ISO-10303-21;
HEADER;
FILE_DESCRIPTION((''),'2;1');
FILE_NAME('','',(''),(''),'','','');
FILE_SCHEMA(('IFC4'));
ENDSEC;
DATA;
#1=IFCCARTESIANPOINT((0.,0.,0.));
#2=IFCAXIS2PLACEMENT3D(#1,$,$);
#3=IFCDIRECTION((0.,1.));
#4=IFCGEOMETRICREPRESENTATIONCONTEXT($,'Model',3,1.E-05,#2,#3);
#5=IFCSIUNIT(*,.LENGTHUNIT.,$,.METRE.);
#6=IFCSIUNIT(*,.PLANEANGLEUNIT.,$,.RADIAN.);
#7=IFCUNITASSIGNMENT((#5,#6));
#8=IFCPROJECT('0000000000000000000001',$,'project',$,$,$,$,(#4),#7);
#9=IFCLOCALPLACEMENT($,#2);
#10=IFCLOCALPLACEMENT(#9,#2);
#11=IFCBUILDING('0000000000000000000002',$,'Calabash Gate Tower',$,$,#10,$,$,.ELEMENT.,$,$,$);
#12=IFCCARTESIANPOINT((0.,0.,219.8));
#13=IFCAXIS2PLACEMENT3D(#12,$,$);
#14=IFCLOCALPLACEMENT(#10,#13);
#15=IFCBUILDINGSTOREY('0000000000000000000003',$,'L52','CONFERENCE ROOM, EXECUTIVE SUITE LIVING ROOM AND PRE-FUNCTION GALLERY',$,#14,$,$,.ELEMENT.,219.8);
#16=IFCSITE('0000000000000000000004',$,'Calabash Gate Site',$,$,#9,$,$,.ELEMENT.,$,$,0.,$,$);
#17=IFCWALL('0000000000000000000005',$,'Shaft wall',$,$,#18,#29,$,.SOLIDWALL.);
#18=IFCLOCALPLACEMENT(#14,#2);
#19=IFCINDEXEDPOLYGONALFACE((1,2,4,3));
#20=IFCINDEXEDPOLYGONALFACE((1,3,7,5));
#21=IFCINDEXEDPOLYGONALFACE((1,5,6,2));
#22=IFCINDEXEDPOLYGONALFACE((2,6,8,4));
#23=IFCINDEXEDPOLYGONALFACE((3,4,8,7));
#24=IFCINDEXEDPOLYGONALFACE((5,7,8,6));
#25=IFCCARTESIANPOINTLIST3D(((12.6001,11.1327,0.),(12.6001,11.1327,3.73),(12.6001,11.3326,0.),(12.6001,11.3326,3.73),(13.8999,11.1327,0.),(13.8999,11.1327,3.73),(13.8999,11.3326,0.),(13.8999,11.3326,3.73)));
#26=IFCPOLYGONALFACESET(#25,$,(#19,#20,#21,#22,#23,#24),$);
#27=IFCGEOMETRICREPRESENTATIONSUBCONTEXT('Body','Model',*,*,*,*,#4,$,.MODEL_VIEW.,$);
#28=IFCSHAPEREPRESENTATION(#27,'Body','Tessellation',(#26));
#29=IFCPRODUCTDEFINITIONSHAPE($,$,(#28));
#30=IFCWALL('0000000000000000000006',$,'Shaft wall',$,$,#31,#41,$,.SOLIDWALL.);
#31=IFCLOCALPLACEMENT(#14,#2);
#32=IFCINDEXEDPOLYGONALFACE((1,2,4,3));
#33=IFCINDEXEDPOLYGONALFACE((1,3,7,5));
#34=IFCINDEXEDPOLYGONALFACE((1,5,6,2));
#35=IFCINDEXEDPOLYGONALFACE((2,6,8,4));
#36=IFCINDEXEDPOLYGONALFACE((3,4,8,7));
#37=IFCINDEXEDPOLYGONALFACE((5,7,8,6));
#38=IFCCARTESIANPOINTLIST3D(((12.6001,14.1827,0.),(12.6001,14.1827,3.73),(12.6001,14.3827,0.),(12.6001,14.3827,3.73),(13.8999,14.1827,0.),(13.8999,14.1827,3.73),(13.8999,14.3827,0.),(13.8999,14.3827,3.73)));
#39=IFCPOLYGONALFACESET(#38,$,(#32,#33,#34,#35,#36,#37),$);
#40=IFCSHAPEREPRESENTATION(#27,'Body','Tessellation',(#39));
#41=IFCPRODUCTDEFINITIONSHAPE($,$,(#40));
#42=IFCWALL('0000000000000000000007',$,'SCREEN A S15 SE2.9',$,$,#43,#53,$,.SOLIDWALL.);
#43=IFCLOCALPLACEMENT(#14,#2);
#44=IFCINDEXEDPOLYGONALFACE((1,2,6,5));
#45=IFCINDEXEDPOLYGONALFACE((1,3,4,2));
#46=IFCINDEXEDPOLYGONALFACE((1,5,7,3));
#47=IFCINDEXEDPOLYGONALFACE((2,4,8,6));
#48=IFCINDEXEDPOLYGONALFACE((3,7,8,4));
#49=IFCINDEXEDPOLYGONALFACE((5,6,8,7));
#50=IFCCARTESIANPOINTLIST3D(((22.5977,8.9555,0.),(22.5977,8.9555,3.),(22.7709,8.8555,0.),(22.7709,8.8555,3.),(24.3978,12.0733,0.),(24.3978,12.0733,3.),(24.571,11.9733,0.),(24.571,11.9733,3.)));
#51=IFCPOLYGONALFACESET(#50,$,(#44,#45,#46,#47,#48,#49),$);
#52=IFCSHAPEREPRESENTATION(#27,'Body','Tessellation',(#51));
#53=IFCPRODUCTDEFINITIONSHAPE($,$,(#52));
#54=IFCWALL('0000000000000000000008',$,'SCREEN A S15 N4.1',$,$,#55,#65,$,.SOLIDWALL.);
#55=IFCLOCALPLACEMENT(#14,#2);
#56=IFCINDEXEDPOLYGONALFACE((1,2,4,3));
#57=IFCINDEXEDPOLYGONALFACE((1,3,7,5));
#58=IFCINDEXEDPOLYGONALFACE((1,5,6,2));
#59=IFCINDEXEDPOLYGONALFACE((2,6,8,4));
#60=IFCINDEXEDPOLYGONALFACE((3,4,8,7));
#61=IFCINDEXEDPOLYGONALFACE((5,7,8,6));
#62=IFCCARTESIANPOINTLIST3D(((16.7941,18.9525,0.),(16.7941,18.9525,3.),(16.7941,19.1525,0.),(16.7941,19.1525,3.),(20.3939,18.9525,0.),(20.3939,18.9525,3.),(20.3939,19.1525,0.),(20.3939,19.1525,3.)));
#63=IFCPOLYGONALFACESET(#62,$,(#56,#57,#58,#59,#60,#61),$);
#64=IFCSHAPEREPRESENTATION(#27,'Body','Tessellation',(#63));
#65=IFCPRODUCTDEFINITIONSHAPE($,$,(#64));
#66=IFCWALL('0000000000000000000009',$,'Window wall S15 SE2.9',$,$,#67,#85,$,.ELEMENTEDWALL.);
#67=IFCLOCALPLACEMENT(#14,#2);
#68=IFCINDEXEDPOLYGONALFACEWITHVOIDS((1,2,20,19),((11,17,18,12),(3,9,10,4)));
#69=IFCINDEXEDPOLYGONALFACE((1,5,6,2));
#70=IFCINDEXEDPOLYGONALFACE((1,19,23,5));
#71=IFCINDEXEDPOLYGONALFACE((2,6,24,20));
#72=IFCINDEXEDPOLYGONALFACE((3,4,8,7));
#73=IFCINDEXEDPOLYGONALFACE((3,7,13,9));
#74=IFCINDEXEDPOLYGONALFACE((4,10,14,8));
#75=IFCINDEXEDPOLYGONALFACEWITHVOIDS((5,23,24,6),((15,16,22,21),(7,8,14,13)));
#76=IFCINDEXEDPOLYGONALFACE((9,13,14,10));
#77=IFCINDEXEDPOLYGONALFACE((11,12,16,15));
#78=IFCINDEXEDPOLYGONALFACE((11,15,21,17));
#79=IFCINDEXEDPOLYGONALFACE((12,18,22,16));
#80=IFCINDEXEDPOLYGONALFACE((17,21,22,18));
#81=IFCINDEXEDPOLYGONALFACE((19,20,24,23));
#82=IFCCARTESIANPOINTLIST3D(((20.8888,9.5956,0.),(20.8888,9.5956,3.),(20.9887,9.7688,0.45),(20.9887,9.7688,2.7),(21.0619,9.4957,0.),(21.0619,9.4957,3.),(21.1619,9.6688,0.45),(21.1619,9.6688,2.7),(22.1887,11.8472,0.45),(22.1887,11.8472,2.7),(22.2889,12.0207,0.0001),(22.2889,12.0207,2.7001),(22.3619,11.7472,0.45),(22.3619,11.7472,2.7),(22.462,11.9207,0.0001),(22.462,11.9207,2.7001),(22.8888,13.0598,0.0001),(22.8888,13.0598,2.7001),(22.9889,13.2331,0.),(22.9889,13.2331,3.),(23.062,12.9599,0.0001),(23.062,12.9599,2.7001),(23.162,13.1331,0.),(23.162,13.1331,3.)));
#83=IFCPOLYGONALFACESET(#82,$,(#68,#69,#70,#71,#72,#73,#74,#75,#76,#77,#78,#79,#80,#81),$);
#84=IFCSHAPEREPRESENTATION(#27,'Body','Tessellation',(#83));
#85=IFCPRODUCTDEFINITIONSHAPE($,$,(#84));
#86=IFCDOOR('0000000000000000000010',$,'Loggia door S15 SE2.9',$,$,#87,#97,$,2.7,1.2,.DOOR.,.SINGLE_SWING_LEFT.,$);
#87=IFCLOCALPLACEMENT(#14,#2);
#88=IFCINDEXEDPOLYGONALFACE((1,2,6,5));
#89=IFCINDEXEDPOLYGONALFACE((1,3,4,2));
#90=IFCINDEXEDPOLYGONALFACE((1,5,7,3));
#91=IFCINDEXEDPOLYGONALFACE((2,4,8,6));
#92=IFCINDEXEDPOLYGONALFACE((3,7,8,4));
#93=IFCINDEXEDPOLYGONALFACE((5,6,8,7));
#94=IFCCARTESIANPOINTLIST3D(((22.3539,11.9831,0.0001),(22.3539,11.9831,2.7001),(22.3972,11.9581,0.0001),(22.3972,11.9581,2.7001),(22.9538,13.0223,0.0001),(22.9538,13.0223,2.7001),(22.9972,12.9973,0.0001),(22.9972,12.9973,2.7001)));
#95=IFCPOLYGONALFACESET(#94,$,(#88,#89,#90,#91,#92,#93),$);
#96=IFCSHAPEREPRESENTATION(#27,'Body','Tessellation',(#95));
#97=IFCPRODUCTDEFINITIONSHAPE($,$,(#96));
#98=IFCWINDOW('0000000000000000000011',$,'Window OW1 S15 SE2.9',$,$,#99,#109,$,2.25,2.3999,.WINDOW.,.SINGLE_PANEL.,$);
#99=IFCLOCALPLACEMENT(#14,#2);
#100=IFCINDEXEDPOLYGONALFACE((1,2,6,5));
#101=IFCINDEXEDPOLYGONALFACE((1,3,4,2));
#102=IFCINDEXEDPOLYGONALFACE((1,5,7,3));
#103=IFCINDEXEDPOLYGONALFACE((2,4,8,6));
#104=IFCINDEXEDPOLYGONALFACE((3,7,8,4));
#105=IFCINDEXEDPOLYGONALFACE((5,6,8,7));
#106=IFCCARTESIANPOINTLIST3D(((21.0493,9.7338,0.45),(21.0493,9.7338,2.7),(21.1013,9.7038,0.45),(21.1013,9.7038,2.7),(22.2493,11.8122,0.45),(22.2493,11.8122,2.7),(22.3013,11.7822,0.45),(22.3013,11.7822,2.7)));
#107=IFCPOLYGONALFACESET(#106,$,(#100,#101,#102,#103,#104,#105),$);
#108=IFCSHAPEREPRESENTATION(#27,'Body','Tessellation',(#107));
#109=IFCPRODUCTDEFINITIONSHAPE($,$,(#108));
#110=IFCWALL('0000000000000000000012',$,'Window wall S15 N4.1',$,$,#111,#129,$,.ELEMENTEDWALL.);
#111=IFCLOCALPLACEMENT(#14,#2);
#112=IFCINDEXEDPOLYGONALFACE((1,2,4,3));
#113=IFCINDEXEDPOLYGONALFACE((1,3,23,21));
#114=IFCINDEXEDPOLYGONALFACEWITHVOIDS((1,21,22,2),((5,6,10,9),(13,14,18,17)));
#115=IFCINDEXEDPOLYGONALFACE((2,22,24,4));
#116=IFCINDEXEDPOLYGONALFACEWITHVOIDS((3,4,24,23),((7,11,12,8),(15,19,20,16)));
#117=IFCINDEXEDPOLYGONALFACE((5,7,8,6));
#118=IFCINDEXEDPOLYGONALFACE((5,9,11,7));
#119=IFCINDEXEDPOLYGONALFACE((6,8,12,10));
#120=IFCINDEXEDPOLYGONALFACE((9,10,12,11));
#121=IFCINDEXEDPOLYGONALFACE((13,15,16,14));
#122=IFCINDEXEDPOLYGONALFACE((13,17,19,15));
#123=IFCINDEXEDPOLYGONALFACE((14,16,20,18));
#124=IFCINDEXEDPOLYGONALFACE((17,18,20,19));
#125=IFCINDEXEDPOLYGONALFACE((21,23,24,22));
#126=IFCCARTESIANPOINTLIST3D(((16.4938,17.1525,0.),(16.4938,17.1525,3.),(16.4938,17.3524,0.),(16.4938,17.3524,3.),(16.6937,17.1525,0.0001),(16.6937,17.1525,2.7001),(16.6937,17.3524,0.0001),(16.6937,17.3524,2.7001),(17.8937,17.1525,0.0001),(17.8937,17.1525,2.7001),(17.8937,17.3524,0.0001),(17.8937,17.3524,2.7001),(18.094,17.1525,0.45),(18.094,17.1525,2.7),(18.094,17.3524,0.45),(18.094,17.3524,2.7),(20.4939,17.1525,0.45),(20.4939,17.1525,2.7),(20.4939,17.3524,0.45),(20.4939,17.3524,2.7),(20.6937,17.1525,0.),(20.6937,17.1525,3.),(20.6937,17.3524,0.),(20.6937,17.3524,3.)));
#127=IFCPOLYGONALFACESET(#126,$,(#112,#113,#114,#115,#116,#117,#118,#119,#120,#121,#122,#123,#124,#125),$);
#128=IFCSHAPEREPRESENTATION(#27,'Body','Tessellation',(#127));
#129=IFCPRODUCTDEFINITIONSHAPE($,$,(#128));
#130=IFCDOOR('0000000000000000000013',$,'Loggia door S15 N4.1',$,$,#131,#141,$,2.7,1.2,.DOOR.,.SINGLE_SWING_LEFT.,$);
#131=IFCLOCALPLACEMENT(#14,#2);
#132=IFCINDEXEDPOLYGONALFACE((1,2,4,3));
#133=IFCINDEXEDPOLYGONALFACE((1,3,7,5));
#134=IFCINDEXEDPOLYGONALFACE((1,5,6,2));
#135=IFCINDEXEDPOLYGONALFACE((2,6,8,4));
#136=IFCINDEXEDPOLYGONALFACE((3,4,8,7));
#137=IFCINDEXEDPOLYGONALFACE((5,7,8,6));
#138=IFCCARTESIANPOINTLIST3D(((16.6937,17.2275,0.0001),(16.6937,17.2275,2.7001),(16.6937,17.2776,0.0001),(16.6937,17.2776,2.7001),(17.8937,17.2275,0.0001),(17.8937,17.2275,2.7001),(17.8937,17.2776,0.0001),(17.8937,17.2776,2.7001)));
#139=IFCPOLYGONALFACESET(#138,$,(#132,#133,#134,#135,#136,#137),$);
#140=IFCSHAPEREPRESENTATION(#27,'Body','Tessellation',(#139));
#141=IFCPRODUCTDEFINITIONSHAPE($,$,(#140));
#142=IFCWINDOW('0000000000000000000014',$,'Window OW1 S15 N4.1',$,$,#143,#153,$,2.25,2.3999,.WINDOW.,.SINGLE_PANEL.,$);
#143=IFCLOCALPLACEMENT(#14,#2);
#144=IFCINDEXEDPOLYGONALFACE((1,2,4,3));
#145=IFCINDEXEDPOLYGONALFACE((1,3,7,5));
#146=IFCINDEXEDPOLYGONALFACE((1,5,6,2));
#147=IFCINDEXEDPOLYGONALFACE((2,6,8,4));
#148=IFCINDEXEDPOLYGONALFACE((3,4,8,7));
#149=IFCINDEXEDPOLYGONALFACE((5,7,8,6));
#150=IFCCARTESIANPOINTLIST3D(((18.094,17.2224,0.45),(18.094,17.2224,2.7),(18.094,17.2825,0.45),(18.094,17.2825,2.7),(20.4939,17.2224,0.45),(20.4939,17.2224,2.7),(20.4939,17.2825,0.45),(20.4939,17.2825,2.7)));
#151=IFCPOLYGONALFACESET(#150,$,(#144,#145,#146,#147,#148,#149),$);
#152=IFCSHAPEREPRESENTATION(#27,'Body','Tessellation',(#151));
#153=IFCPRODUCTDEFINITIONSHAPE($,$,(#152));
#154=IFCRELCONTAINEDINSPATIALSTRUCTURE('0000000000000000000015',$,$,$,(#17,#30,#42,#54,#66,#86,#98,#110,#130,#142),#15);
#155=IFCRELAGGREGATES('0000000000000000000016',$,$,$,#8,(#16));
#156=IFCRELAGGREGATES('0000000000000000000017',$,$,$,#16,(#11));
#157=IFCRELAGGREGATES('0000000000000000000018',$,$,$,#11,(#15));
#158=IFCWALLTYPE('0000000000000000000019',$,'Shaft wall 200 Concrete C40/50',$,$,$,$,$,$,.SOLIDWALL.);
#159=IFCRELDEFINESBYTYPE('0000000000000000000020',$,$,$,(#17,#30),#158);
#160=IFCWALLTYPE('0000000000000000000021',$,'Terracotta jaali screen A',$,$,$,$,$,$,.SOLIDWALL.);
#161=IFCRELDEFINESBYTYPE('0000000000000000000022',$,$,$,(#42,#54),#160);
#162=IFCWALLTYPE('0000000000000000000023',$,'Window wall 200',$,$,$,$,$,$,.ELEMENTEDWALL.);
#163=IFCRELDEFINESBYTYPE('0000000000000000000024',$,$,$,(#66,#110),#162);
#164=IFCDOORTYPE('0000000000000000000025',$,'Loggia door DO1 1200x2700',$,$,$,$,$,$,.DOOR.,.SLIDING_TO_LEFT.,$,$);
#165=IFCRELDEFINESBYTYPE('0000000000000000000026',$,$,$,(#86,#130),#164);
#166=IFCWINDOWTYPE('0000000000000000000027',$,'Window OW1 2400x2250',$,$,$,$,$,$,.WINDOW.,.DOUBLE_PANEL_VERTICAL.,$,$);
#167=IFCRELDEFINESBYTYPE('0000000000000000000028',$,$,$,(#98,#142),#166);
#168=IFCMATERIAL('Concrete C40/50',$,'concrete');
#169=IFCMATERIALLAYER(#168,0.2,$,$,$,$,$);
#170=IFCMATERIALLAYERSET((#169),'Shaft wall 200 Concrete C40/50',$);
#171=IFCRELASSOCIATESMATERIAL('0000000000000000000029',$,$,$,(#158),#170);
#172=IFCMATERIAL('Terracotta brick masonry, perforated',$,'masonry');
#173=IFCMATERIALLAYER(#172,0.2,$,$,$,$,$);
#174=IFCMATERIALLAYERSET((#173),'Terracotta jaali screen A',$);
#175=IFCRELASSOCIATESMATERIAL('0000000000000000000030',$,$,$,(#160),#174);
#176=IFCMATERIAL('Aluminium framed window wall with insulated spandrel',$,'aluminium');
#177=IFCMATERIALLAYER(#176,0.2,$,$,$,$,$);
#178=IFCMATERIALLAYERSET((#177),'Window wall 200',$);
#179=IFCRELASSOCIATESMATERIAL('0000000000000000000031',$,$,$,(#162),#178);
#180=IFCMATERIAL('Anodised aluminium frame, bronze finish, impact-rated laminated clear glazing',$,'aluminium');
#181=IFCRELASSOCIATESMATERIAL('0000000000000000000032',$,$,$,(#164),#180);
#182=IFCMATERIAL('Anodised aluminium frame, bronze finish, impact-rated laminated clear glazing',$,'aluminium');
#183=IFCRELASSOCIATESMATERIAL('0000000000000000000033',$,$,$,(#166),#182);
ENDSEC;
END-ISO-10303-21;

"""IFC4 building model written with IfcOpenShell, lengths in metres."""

from ifc_helpers import new_model, si_unit, direction, frame, frame_2d, origin, place, context, subcontext, project, spatial, rectangle, extrude, material, layer, layer_set, type_object, element, fill, save


model = new_model("IFC4")

# Units and contexts
model_context = context("Model", 3, precision=1e-05, world=origin(), true_north=direction((0.0, 1.0)))
body_context = subcontext(model_context, "Body", "Model", "MODEL_VIEW")
ifc_project = project(units=[si_unit("LENGTHUNIT", "METRE"), si_unit("PLANEANGLEUNIT", "RADIAN")], contexts=[model_context])

# Site, building, storey
site_placement = place(None, origin())
site = spatial("IfcSite", under=ifc_project, at=site_placement, Name="Calabash Gate Site", CompositionType="ELEMENT", RefElevation=0.0)
building_placement = place(site_placement, origin())
building = spatial("IfcBuilding", under=site, at=building_placement, Name="Calabash Gate Tower", CompositionType="ELEMENT")
storey_placement = place(building_placement, frame((0.0, 0.0, 219.8)))
storey = spatial("IfcBuildingStorey", under=building, at=storey_placement, Name="L52", Description="CONFERENCE ROOM, EXECUTIVE SUITE LIVING ROOM AND PRE-FUNCTION GALLERY", CompositionType="ELEMENT", Elevation=219.8)

# Walls
ifc_material_1 = material(Name="Concrete C40/50", Category="concrete")
ifc_layer_1 = layer(ifc_material_1, 0.2)
ifc_layer_set_1 = layer_set([ifc_layer_1], Name="Shaft wall 200 Concrete C40/50")
wall_type_1 = type_object("IfcWallType", Name="Shaft wall 200 Concrete C40/50", PredefinedType="SOLIDWALL", material=ifc_layer_set_1)
for number, where, z_axis, x_axis, name in (
    (1, (12.6001, 11.2327, 0.0), (0.0, 0.0, 1.0), (1.0, 0.0, 0.0), "Shaft wall"),
    (2, (12.6001, 14.2827, 0.0), (0.0, 0.0, 1.0), (1.0, 0.0, 0.0), "Shaft wall"),
):
    element("IfcWall", number, at=place(storey_placement, frame(where, z_axis=z_axis, x_axis=x_axis)), inside=storey, type_object=wall_type_1, Name=name, PredefinedType="SOLIDWALL", context=body_context, shape_type="SweptSolid", body=[
        extrude(rectangle(XDim=1.2998, YDim=0.2, at=frame_2d((0.6499, 0.0))), origin(), (0.0, 0.0, 1.0), 3.73),
    ])
ifc_material_2 = material(Name="Terracotta brick masonry, perforated", Category="masonry")
ifc_layer_2 = layer(ifc_material_2, 0.2)
ifc_layer_set_2 = layer_set([ifc_layer_2], Name="Terracotta jaali screen A")
wall_type_2 = type_object("IfcWallType", Name="Terracotta jaali screen A", PredefinedType="SOLIDWALL", material=ifc_layer_set_2)
wall_1_placement = place(storey_placement, frame((22.6843, 8.9055, 0.0), z_axis=(0.0, 0.0, 1.0), x_axis=(0.500012, 0.866018, 0.0)))
element("IfcWall", 3, at=wall_1_placement, inside=storey, type_object=wall_type_2, Name="SCREEN A S15 SE2.9", PredefinedType="SOLIDWALL", context=body_context, shape_type="SweptSolid", body=[
    extrude(rectangle(XDim=3.6001, YDim=0.2, at=frame_2d((1.8, 0.0))), origin(), (0.0, 0.0, 1.0), 3.0),
])
wall_2_placement = place(storey_placement, frame((20.3938, 19.0525, 0.0), z_axis=(0.0, 0.0, 1.0), x_axis=(-1.0, 0.0, 0.0)))
element("IfcWall", 4, at=wall_2_placement, inside=storey, type_object=wall_type_2, Name="SCREEN A S15 N4.1", PredefinedType="SOLIDWALL", context=body_context, shape_type="SweptSolid", body=[
    extrude(rectangle(XDim=3.5999, YDim=0.2, at=frame_2d((1.7998, 0.0))), origin(), (0.0, 0.0, 1.0), 3.0),
])

# Walls, openings, doors, windows
ifc_material_3 = material(Name="Aluminium framed window wall with insulated spandrel", Category="aluminium")
ifc_layer_3 = layer(ifc_material_3, 0.2)
ifc_layer_set_3 = layer_set([ifc_layer_3], Name="Window wall 200")
wall_type_3 = type_object("IfcWallType", Name="Window wall 200", PredefinedType="ELEMENTEDWALL", material=ifc_layer_set_3)
wall_3_placement = place(storey_placement, frame((20.9753, 9.5457, 0.0), z_axis=(0.0, 0.0, 1.0), x_axis=(0.500003, 0.866024, 0.0)))
wall_3 = element("IfcWall", 5, at=wall_3_placement, inside=storey, type_object=wall_type_3, Name="Window wall S15 SE2.9", PredefinedType="ELEMENTEDWALL", context=body_context, shape_type="SweptSolid", body=[
    extrude(rectangle(XDim=4.2002, YDim=0.2, at=frame_2d((2.1001, 0.0))), origin(), (0.0, 0.0, 1.0), 3.0),
])
opening_1_placement = place(wall_3_placement, frame((0.2, 0.0, 0.45)))
opening_1 = element("IfcOpeningElement", 6, at=opening_1_placement, cuts=wall_3, PredefinedType="OPENING", context=body_context, shape_type="SweptSolid", body=[
    extrude(rectangle(XDim=2.3999, YDim=2.25, at=frame_2d((1.2, 1.125))), frame((0.0, 0.1099, 0.0), z_axis=(0.0, -1.0, 0.0), x_axis=(1.0, 0.0, 0.0)), (0.0, 0.0, 1.0), 0.22),
])
opening_2_placement = place(wall_3_placement, frame((2.8, 0.0, 0.0)))
opening_2 = element("IfcOpeningElement", 7, at=opening_2_placement, cuts=wall_3, PredefinedType="OPENING", context=body_context, shape_type="SweptSolid", body=[
    extrude(rectangle(XDim=1.2, YDim=2.7, at=frame_2d((0.6001, 1.3501))), frame((0.0, 0.1099, 0.0), z_axis=(0.0, -1.0, 0.0), x_axis=(1.0, 0.0, 0.0)), (0.0, 0.0, 1.0), 0.22),
])
ifc_material_4 = material(Name="Anodised aluminium frame, bronze finish, impact-rated laminated clear glazing", Category="aluminium")
door_type_1 = type_object("IfcDoorType", Name="Loggia door DO1 1200x2700", OperationType="SLIDING_TO_LEFT", PredefinedType="DOOR", material=ifc_material_4)
door_1_placement = place(opening_2_placement, origin())
door_1 = element("IfcDoor", 8, at=door_1_placement, inside=storey, type_object=door_type_1, Name="Loggia door S15 SE2.9", OperationType="SINGLE_SWING_LEFT", OverallHeight=2.7, OverallWidth=1.2, PredefinedType="DOOR", context=body_context, shape_type="SweptSolid", body=[
    extrude(rectangle(XDim=1.2, YDim=2.7, at=frame_2d((0.6001, 1.3501))), frame((0.0, 0.0249, 0.0), z_axis=(0.0, -1.0, 0.0), x_axis=(1.0, 0.0, 0.0)), (0.0, 0.0, 1.0), 0.05),
])
fill(opening_2, door_1)
ifc_material_5 = material(Name="Anodised aluminium frame, bronze finish, impact-rated laminated clear glazing", Category="aluminium")
window_type = type_object("IfcWindowType", Name="Window OW1 2400x2250", PartitioningType="DOUBLE_PANEL_VERTICAL", PredefinedType="WINDOW", material=ifc_material_5)
window_1_placement = place(opening_1_placement, origin())
window_1 = element("IfcWindow", 9, at=window_1_placement, inside=storey, type_object=window_type, Name="Window OW1 S15 SE2.9", OverallHeight=2.25, OverallWidth=2.3999, PartitioningType="SINGLE_PANEL", PredefinedType="WINDOW", context=body_context, shape_type="SweptSolid", body=[
    extrude(rectangle(XDim=2.3999, YDim=2.25, at=frame_2d((1.2, 1.125))), frame((0.0, 0.03, 0.0), z_axis=(0.0, -1.0, 0.0), x_axis=(1.0, 0.0, 0.0)), (0.0, 0.0, 1.0), 0.0601),
])
fill(opening_1, window_1)
wall_4_placement = place(storey_placement, frame((20.6938, 17.2524, 0.0), z_axis=(0.0, 0.0, 1.0), x_axis=(-1.0, 0.0, 0.0)))
wall_4 = element("IfcWall", 10, at=wall_4_placement, inside=storey, type_object=wall_type_3, Name="Window wall S15 N4.1", PredefinedType="ELEMENTEDWALL", context=body_context, shape_type="SweptSolid", body=[
    extrude(rectangle(XDim=4.2, YDim=0.2, at=frame_2d((2.1001, 0.0))), origin(), (0.0, 0.0, 1.0), 3.0),
])
opening_3_placement = place(wall_4_placement, frame((0.2, 0.0, 0.45)))
opening_3 = element("IfcOpeningElement", 11, at=opening_3_placement, cuts=wall_4, PredefinedType="OPENING", context=body_context, shape_type="SweptSolid", body=[
    extrude(rectangle(XDim=2.3999, YDim=2.25, at=frame_2d((1.2, 1.125))), frame((0.0, 0.1099, 0.0), z_axis=(0.0, -1.0, 0.0), x_axis=(1.0, 0.0, 0.0)), (0.0, 0.0, 1.0), 0.22),
])
opening_4_placement = place(wall_4_placement, frame((2.8, 0.0, 0.0)))
opening_4 = element("IfcOpeningElement", 12, at=opening_4_placement, cuts=wall_4, PredefinedType="OPENING", context=body_context, shape_type="SweptSolid", body=[
    extrude(rectangle(XDim=1.2, YDim=2.7, at=frame_2d((0.6001, 1.3501))), frame((0.0, 0.1099, 0.0), z_axis=(0.0, -1.0, 0.0), x_axis=(1.0, 0.0, 0.0)), (0.0, 0.0, 1.0), 0.22),
])
door_2_placement = place(opening_4_placement, origin())
door_2 = element("IfcDoor", 13, at=door_2_placement, inside=storey, type_object=door_type_1, Name="Loggia door S15 N4.1", OperationType="SINGLE_SWING_LEFT", OverallHeight=2.7, OverallWidth=1.2, PredefinedType="DOOR", context=body_context, shape_type="SweptSolid", body=[
    extrude(rectangle(XDim=1.2, YDim=2.7, at=frame_2d((0.6001, 1.3501))), frame((0.0, 0.0249, 0.0), z_axis=(0.0, -1.0, 0.0), x_axis=(1.0, 0.0, 0.0)), (0.0, 0.0, 1.0), 0.05),
])
fill(opening_4, door_2)
window_2_placement = place(opening_3_placement, origin())
window_2 = element("IfcWindow", 14, at=window_2_placement, inside=storey, type_object=window_type, Name="Window OW1 S15 N4.1", OverallHeight=2.25, OverallWidth=2.3999, PartitioningType="SINGLE_PANEL", PredefinedType="WINDOW", context=body_context, shape_type="SweptSolid", body=[
    extrude(rectangle(XDim=2.3999, YDim=2.25, at=frame_2d((1.2, 1.125))), frame((0.0, 0.03, 0.0), z_axis=(0.0, -1.0, 0.0), x_axis=(1.0, 0.0, 0.0)), (0.0, 0.0, 1.0), 0.0601),
])
fill(opening_3, window_2)

save(model, "model.ifc")
